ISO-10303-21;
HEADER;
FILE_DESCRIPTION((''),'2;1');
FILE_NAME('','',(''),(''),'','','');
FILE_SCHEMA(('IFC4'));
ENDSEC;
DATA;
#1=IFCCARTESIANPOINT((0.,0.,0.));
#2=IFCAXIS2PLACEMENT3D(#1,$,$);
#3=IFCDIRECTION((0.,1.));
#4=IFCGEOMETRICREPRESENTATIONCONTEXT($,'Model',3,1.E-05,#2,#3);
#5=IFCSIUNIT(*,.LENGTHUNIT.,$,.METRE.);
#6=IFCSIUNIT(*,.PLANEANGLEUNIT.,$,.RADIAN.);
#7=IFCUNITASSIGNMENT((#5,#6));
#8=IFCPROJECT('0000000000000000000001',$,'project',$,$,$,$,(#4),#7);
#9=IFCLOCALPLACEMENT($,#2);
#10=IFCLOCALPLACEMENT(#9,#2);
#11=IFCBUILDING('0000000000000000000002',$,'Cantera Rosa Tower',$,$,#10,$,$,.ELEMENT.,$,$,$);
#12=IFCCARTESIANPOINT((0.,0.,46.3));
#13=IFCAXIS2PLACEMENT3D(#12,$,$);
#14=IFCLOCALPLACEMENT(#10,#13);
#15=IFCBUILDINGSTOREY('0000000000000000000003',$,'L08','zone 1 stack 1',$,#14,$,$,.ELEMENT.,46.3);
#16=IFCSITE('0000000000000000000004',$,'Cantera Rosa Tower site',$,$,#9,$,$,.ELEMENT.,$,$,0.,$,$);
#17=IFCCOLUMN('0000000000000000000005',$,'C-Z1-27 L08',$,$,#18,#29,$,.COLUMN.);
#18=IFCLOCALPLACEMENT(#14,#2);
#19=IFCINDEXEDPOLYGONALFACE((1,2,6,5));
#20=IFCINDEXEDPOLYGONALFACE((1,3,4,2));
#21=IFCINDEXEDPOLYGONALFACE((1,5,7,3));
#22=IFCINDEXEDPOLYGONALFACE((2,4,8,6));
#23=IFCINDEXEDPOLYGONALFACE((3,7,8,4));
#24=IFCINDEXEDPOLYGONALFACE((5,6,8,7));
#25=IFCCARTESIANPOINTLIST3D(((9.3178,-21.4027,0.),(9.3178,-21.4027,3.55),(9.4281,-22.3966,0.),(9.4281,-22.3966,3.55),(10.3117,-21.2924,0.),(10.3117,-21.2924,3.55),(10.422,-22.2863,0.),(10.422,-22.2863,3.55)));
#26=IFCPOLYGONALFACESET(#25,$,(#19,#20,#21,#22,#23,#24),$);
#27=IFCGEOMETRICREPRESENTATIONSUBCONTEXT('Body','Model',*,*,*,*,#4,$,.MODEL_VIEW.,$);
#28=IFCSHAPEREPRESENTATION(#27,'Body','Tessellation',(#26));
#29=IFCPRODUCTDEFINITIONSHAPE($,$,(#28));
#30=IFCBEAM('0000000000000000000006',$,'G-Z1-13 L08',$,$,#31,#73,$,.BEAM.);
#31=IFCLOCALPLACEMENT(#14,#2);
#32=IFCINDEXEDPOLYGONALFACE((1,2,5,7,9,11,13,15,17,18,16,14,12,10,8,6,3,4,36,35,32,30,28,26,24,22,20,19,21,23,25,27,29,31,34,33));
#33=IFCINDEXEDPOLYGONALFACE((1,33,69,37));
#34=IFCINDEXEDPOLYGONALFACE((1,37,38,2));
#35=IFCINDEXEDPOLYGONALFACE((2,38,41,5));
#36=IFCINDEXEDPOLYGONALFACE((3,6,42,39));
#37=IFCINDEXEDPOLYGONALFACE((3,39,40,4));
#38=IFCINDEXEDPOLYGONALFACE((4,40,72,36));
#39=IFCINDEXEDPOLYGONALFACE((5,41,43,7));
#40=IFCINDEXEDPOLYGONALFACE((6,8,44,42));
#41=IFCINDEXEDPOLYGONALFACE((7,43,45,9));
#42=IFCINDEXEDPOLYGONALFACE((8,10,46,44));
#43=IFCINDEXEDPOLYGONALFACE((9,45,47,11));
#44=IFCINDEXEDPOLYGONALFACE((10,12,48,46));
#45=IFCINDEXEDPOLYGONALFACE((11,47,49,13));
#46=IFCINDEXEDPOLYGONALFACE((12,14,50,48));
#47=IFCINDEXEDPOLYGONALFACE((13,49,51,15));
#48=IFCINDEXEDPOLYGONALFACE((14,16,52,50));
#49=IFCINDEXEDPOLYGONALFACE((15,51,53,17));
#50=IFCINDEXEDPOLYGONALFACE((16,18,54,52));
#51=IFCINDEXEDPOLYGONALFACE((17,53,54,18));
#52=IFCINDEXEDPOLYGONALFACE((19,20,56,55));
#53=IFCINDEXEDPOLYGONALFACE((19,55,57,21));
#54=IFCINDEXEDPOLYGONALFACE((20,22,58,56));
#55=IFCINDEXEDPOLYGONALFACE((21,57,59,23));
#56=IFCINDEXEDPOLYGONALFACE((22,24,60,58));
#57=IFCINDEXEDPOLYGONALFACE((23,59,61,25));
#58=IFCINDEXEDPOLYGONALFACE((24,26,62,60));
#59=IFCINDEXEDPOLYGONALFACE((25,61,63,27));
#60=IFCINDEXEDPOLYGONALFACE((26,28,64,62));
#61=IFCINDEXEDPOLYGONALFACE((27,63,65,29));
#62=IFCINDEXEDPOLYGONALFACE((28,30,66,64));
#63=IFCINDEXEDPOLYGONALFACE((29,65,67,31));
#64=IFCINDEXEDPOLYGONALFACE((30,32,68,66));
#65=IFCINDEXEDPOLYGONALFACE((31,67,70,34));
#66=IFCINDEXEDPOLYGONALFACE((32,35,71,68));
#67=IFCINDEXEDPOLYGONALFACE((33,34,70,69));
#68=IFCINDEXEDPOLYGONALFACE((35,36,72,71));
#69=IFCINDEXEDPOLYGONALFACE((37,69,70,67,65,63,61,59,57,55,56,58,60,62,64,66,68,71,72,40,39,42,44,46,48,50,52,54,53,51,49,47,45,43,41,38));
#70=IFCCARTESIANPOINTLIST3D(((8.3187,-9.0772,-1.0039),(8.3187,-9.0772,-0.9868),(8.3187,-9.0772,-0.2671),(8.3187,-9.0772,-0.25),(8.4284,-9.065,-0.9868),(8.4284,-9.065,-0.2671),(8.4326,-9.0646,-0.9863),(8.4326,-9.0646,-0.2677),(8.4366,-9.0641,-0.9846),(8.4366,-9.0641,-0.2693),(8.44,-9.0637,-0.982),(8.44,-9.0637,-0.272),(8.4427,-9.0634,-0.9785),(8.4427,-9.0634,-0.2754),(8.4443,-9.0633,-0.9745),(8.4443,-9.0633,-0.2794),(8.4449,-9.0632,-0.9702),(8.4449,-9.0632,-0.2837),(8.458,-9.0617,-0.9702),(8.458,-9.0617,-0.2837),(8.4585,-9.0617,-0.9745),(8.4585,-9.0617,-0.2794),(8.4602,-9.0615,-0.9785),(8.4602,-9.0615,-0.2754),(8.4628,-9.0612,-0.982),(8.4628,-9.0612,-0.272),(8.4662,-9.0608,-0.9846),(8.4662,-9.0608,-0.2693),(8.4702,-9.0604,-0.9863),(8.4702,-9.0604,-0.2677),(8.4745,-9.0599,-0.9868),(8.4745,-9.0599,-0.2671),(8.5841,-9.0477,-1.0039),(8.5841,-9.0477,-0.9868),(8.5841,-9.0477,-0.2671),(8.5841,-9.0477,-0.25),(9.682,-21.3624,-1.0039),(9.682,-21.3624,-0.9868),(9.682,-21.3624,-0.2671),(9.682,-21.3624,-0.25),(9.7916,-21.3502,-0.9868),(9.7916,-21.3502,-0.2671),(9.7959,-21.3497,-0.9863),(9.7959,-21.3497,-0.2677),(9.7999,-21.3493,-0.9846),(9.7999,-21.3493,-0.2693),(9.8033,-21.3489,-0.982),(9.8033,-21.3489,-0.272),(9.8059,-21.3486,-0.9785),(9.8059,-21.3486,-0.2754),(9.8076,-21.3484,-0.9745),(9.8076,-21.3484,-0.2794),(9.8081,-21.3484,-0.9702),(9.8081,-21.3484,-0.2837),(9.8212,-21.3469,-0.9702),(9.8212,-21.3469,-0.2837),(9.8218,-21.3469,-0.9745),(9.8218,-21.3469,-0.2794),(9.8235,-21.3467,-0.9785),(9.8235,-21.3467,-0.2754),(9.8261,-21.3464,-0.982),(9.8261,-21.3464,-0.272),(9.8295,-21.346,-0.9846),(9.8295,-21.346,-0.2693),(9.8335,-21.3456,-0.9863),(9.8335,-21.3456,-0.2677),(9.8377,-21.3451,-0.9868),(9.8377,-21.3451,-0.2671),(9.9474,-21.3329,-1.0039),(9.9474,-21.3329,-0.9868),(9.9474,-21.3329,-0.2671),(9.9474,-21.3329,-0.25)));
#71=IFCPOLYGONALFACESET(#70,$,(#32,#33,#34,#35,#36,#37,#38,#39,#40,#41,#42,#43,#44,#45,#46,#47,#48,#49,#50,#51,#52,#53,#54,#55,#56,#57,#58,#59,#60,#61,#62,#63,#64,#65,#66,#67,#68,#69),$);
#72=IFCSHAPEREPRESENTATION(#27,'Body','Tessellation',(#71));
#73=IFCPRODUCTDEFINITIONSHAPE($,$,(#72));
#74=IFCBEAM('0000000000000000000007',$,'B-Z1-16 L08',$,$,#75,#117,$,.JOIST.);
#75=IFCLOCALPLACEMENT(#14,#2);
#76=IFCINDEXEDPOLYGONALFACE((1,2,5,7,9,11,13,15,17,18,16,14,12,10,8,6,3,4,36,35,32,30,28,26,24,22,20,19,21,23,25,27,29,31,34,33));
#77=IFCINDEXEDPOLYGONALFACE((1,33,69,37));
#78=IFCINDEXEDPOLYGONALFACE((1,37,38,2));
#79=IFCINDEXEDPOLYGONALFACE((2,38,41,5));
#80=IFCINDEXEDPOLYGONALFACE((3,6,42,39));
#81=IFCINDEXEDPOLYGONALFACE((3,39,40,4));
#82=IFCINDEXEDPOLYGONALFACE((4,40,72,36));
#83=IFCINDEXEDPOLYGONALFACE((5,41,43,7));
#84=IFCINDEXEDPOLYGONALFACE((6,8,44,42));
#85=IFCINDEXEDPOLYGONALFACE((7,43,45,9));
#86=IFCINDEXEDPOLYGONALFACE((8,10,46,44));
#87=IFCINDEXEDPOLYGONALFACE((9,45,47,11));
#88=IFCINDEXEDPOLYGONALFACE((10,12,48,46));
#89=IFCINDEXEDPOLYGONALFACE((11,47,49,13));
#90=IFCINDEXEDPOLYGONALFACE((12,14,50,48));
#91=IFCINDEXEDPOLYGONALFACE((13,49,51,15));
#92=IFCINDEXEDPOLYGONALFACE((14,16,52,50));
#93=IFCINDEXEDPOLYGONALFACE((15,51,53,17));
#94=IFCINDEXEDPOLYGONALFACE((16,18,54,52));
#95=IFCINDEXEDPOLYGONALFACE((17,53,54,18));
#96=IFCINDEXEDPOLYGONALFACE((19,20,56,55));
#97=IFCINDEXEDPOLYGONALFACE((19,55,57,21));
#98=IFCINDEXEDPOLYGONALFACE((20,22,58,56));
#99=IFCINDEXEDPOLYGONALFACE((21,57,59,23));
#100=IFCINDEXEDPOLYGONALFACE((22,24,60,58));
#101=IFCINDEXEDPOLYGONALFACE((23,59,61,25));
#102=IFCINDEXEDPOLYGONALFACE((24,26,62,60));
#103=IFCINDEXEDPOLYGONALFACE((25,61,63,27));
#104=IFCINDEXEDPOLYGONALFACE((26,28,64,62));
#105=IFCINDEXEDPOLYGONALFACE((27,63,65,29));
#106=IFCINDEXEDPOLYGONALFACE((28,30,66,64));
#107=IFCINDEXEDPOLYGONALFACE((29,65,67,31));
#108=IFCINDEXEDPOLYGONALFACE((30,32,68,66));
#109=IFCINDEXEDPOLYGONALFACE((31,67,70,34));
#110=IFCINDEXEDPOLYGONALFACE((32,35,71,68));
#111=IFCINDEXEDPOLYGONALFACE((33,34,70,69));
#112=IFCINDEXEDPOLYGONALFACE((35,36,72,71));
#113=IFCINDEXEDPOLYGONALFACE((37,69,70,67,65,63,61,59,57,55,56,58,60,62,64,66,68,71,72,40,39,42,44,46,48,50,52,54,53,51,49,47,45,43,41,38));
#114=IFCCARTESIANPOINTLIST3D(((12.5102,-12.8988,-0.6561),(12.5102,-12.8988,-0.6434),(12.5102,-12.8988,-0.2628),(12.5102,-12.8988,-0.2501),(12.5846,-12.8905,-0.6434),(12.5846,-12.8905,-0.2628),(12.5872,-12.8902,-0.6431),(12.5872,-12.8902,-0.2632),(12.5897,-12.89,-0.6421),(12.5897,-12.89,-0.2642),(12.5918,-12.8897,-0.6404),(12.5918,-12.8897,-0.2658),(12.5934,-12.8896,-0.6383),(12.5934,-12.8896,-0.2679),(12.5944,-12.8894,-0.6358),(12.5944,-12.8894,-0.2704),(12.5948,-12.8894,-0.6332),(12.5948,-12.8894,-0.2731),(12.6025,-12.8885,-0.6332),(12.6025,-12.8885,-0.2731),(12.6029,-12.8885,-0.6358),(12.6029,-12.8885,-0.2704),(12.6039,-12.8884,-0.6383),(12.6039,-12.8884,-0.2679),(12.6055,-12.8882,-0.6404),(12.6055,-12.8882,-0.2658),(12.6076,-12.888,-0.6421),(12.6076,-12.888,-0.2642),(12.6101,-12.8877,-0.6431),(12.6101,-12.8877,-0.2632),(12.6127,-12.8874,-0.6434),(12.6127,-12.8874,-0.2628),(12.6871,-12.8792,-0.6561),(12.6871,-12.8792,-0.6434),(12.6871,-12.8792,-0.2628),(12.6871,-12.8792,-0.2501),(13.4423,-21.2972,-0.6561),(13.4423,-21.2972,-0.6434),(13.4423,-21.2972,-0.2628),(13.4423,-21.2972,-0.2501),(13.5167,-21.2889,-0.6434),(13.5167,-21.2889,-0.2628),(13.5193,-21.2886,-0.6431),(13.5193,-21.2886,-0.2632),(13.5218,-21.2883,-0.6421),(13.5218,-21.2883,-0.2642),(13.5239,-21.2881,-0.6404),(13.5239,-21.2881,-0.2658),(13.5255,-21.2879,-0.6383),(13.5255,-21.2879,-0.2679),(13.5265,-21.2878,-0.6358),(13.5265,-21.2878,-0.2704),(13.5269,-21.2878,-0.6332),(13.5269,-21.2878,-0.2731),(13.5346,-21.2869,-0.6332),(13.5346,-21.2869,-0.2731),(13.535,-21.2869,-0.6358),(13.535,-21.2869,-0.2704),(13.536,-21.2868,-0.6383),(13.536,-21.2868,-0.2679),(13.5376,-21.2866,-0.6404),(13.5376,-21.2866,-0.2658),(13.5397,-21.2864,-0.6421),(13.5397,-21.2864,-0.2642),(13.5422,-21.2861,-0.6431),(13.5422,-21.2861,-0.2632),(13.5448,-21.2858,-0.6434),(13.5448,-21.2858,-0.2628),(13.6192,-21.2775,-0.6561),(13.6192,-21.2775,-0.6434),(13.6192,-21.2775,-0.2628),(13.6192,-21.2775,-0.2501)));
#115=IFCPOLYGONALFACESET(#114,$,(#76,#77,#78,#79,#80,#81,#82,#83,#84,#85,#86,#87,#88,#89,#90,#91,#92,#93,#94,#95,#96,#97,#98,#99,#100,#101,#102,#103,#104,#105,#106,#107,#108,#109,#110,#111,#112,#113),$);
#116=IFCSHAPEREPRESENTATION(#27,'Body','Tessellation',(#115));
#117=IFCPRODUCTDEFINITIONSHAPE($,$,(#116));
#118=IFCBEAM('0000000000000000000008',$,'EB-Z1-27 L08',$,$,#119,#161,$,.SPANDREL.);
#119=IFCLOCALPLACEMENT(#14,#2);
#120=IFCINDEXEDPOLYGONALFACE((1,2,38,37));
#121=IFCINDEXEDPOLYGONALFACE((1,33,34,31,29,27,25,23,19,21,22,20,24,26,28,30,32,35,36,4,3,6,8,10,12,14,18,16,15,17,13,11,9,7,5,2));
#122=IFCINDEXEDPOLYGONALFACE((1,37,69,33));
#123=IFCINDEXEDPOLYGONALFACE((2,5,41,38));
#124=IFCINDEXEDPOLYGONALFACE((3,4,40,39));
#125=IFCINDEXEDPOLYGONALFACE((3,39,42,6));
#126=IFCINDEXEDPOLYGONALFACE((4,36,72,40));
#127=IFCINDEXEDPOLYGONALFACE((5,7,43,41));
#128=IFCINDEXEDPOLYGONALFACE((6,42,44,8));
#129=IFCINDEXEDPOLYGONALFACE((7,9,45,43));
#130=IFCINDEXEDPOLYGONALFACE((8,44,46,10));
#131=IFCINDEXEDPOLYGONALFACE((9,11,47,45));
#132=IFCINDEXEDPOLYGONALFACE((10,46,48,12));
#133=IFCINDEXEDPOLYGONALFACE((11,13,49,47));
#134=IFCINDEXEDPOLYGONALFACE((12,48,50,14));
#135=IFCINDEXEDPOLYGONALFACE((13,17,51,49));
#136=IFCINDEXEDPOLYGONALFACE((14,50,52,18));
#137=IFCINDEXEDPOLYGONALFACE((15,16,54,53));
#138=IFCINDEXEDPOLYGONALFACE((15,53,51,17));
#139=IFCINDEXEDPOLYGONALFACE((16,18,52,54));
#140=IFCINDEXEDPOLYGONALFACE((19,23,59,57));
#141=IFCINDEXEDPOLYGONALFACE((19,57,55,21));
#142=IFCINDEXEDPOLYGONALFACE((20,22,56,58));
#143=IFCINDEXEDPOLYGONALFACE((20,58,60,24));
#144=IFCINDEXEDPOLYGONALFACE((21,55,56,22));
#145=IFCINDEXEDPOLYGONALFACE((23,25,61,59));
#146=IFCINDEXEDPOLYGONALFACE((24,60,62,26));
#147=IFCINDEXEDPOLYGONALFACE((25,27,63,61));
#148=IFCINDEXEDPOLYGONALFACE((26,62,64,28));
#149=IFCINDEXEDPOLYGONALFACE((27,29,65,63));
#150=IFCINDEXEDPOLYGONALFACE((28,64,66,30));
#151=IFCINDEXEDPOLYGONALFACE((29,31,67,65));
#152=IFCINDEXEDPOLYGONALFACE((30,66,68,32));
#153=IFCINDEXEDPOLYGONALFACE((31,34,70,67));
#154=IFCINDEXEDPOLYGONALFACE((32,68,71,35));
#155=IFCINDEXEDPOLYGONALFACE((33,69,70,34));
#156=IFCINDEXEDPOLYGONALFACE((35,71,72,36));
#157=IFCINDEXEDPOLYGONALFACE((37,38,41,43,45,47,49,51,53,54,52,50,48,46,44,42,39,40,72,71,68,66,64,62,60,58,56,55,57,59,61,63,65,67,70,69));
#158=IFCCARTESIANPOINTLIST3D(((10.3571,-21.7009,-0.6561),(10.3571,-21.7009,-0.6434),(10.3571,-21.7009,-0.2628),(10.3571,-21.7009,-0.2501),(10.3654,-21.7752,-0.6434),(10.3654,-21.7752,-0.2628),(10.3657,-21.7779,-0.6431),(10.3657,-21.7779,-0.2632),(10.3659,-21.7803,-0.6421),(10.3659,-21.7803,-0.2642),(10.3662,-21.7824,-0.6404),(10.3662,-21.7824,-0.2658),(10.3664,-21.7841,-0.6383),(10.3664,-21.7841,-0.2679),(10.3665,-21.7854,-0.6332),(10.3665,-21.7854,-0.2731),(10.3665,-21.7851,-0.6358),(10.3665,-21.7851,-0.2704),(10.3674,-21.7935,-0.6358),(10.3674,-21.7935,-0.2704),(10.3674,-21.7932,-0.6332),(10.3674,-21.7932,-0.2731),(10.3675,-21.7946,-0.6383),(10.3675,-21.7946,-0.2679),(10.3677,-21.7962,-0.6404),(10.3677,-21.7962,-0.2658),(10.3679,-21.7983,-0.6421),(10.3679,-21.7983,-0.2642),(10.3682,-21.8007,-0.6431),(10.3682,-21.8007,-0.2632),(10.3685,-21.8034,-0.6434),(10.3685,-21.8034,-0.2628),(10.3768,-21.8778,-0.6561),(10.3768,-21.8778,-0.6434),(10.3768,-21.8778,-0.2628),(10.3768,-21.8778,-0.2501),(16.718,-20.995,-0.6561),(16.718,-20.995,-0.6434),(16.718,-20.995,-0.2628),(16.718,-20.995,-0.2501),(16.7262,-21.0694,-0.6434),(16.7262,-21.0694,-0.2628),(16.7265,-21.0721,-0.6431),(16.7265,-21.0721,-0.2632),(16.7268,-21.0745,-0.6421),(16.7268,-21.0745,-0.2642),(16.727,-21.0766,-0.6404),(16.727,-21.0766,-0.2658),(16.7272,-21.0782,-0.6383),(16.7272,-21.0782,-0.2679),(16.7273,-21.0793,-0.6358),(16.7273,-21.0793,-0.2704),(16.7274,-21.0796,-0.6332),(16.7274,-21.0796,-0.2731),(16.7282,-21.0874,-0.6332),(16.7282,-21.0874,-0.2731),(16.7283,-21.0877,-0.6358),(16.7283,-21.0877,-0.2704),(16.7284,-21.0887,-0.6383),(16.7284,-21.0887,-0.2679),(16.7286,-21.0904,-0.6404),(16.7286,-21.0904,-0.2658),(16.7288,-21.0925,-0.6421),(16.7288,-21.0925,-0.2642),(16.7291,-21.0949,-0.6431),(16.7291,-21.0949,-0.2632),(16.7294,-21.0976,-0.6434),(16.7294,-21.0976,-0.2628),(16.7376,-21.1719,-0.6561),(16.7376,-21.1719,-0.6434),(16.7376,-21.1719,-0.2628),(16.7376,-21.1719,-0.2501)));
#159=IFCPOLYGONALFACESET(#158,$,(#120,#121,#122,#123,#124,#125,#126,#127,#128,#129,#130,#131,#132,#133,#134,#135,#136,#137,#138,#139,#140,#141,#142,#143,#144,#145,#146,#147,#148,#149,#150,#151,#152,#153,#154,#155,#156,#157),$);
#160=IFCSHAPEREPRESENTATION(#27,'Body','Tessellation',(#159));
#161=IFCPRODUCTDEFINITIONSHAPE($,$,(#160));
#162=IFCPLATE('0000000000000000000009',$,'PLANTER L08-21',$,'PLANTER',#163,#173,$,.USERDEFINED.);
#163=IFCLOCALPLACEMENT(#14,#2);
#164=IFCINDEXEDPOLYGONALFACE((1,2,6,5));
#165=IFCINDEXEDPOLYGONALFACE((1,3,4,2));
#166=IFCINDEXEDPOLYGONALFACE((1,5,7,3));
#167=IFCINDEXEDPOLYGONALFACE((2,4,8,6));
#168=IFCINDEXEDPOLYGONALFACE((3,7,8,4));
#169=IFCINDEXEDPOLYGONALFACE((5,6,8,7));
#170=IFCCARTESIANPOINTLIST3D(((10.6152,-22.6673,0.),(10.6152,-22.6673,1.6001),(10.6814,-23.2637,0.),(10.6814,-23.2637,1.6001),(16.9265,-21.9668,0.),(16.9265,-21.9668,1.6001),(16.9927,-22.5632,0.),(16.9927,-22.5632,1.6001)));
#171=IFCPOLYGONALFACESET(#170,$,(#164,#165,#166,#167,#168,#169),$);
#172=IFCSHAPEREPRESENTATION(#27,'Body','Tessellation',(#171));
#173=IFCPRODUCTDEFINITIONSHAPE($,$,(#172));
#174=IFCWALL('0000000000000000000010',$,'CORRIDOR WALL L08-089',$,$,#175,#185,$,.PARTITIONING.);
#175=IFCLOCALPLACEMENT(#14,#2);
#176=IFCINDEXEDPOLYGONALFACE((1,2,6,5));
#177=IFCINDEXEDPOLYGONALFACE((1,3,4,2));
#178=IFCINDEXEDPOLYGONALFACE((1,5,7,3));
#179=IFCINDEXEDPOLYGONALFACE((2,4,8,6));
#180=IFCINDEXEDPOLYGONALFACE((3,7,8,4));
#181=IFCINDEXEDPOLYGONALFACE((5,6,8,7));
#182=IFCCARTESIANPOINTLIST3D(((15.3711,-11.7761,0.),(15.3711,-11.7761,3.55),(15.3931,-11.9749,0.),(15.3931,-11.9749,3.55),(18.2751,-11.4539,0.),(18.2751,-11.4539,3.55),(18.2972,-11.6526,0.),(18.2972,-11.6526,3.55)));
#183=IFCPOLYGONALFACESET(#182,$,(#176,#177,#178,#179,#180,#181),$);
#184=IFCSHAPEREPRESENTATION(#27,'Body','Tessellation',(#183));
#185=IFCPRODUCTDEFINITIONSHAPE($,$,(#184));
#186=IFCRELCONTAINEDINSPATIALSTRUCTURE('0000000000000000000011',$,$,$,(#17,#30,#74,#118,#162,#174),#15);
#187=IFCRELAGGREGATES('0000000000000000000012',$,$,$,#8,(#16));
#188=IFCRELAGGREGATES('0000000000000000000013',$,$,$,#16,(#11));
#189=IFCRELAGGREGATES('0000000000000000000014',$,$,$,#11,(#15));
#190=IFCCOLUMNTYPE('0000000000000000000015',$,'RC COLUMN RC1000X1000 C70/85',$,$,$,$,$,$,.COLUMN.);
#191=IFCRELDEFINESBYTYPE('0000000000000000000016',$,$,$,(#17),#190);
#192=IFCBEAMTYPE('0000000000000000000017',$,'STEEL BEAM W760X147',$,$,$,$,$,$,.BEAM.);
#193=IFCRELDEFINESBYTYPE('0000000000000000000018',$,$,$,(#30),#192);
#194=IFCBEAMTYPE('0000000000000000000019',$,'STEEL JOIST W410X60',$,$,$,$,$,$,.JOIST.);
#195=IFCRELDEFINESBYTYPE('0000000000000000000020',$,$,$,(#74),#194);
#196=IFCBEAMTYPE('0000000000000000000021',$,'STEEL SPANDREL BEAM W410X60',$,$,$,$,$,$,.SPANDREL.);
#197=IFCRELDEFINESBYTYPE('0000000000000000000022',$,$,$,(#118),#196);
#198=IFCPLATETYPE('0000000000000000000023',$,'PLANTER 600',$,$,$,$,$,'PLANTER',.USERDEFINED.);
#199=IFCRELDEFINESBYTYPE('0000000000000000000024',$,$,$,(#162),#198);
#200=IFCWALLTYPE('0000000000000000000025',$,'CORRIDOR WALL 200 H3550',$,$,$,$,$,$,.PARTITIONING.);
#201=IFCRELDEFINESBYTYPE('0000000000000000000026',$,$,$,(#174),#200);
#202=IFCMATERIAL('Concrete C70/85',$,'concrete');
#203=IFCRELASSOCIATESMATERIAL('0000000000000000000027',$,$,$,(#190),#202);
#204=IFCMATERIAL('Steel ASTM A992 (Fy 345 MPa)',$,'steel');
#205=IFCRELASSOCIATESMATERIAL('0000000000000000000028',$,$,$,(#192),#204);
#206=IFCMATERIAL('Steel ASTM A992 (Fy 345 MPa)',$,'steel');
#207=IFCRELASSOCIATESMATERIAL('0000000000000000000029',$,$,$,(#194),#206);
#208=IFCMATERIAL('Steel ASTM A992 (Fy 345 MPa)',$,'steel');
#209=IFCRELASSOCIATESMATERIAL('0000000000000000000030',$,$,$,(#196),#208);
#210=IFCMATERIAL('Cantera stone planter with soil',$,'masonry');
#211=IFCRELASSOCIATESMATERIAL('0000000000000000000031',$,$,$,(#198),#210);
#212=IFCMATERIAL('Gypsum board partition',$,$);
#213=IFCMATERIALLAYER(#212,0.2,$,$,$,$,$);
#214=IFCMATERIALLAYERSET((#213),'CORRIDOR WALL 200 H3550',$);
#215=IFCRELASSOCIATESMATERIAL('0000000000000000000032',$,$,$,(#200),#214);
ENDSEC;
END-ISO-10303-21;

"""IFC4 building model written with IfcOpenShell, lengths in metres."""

from ifc_helpers import new_model, si_unit, direction, frame, frame_2d, origin, origin_2d, place, context, subcontext, project, spatial, rectangle, i_section, extrude, material, layer, layer_set, material_profile, profile_set, type_object, element, save


model = new_model("IFC4")

# Units and contexts
model_context = context("Model", 3, precision=1e-05, world=origin(), true_north=direction((0.0, 1.0)))
body_context = subcontext(model_context, "Body", "Model", "MODEL_VIEW")
ifc_project = project(units=[si_unit("LENGTHUNIT", "METRE"), si_unit("PLANEANGLEUNIT", "RADIAN")], contexts=[model_context])

# Site, building, storey
site_placement = place(None, origin())
site = spatial("IfcSite", under=ifc_project, at=site_placement, Name="Cantera Rosa Tower site", CompositionType="ELEMENT", RefElevation=0.0)
building_placement = place(site_placement, origin())
building = spatial("IfcBuilding", under=site, at=building_placement, Name="Cantera Rosa Tower", CompositionType="ELEMENT")
storey_placement = place(building_placement, frame((0.0, 0.0, 46.3)))
storey = spatial("IfcBuildingStorey", under=building, at=storey_placement, Name="L08", Description="zone 1 stack 1", CompositionType="ELEMENT", Elevation=46.3)

# Column
ifc_material_1 = material(Name="Concrete C70/85", Category="concrete")
ifc_material_profile_1 = material_profile(ifc_material_1, rectangle(XDim=1.0, YDim=1.0, at=origin_2d()), Name="RC COLUMN RC1000X1000 C70/85")
ifc_profile_set_1 = profile_set([ifc_material_profile_1], Name="Concrete C70/85")
column_type = type_object("IfcColumnType", Name="RC COLUMN RC1000X1000 C70/85", PredefinedType="COLUMN", material=ifc_profile_set_1)
column_placement = place(storey_placement, frame((9.8699, -21.8445, 0.0), z_axis=(0.0, 0.0, 1.0), x_axis=(0.993897, 0.110313, 0.0)))
element("IfcColumn", 1, at=column_placement, inside=storey, type_object=column_type, Name="C-Z1-27 L08", PredefinedType="COLUMN", context=body_context, shape_type="SweptSolid", body=[
    extrude(rectangle(XDim=1.0, YDim=1.0, at=origin_2d()), origin(), (0.0, 0.0, 1.0), 3.55),
])

# Beams
ifc_material_2 = material(Name="Steel ASTM A992 (Fy 345 MPa)", Category="steel")
ifc_material_profile_2 = material_profile(ifc_material_2, i_section(OverallWidth=0.2671, OverallDepth=0.7539, WebThickness=0.0132, FlangeThickness=0.0171, FilletRadius=0.0166, at=origin_2d()), Name="W760X147")
ifc_profile_set_2 = profile_set([ifc_material_profile_2], Name="Steel ASTM A992 (Fy 345 MPa)")
beam_type_1 = type_object("IfcBeamType", Name="STEEL BEAM W760X147", PredefinedType="BEAM", material=ifc_profile_set_2)
beam_1_placement = place(storey_placement, frame((9.8147, -21.3477, -0.627), z_axis=(-0.110293, 0.993899, 0.0), x_axis=(-0.993899, -0.110293, 0.0)))
element("IfcBeam", 2, at=beam_1_placement, inside=storey, type_object=beam_type_1, Name="G-Z1-13 L08", PredefinedType="BEAM", context=body_context, shape_type="SweptSolid", body=[
    extrude(i_section(OverallWidth=0.2671, OverallDepth=0.7539, WebThickness=0.0132, FlangeThickness=0.0171, FilletRadius=0.0166, at=origin_2d()), origin(), (0.0, 0.0, 1.0), 12.3606),
])
ifc_material_3 = material(Name="Steel ASTM A992 (Fy 345 MPa)", Category="steel")
ifc_material_profile_3 = material_profile(ifc_material_3, i_section(OverallWidth=0.178, OverallDepth=0.406, WebThickness=0.0078, FlangeThickness=0.0127, FilletRadius=0.0103, at=origin_2d()), Name="W410X60")
ifc_profile_set_3 = profile_set([ifc_material_profile_3], Name="Steel ASTM A992 (Fy 345 MPa)")
beam_type_2 = type_object("IfcBeamType", Name="STEEL JOIST W410X60", PredefinedType="JOIST", material=ifc_profile_set_3)
beam_2_placement = place(storey_placement, frame((13.5308, -21.2874, -0.4531), z_axis=(-0.110311, 0.993897, 0.0), x_axis=(-0.993897, -0.110311, 0.0)))
element("IfcBeam", 3, at=beam_2_placement, inside=storey, type_object=beam_type_2, Name="B-Z1-16 L08", PredefinedType="JOIST", context=body_context, shape_type="SweptSolid", body=[
    extrude(i_section(OverallWidth=0.178, OverallDepth=0.406, WebThickness=0.0078, FlangeThickness=0.0127, FilletRadius=0.0103, at=origin_2d()), origin(), (0.0, 0.0, 1.0), 8.45),
])
ifc_material_4 = material(Name="Steel ASTM A992 (Fy 345 MPa)", Category="steel")
ifc_material_profile_4 = material_profile(ifc_material_4, i_section(OverallWidth=0.178, OverallDepth=0.406, WebThickness=0.0078, FlangeThickness=0.0127, FilletRadius=0.0103, at=origin_2d()), Name="W410X60")
ifc_profile_set_4 = profile_set([ifc_material_profile_4], Name="Steel ASTM A992 (Fy 345 MPa)")
beam_type_3 = type_object("IfcBeamType", Name="STEEL SPANDREL BEAM W410X60", PredefinedType="SPANDREL", material=ifc_profile_set_4)
beam_3_placement = place(storey_placement, frame((10.3669, -21.7893, -0.4531), z_axis=(0.9939, 0.110285, 0.0), x_axis=(-0.110285, 0.9939, 0.0)))
element("IfcBeam", 4, at=beam_3_placement, inside=storey, type_object=beam_type_3, Name="EB-Z1-27 L08", PredefinedType="SPANDREL", context=body_context, shape_type="SweptSolid", body=[
    extrude(i_section(OverallWidth=0.178, OverallDepth=0.406, WebThickness=0.0078, FlangeThickness=0.0127, FilletRadius=0.0103, at=origin_2d()), origin(), (0.0, 0.0, 1.0), 6.3999),
])

# Plate
ifc_material_5 = material(Name="Cantera stone planter with soil", Category="masonry")
plate_type = type_object("IfcPlateType", Name="PLANTER 600", ElementType="PLANTER", PredefinedType="USERDEFINED", material=ifc_material_5)
plate_placement = place(storey_placement, frame((13.804, -22.6152, 0.0), z_axis=(0.0, 0.0, 1.0), x_axis=(0.993897, 0.110313, 0.0)))
element("IfcPlate", 5, at=plate_placement, inside=storey, type_object=plate_type, Name="PLANTER L08-21", ObjectType="PLANTER", PredefinedType="USERDEFINED", context=body_context, shape_type="SweptSolid", body=[
    extrude(rectangle(XDim=6.3501, YDim=0.6001, at=origin_2d()), origin(), (0.0, 0.0, 1.0), 1.6001),
])

# Wall
ifc_material_6 = material(Name="Gypsum board partition")
ifc_layer_1 = layer(ifc_material_6, 0.2)
ifc_layer_set_1 = layer_set([ifc_layer_1], Name="CORRIDOR WALL 200 H3550")
wall_type_1 = type_object("IfcWallType", Name="CORRIDOR WALL 200 H3550", PredefinedType="PARTITIONING", material=ifc_layer_set_1)
wall_1_placement = place(storey_placement, frame((15.3821, -11.8755, 0.0), z_axis=(0.0, 0.0, 1.0), x_axis=(0.993899, 0.110294, 0.0)))
element("IfcWall", 6, at=wall_1_placement, inside=storey, type_object=wall_type_1, Name="CORRIDOR WALL L08-089", PredefinedType="PARTITIONING", context=body_context, shape_type="SweptSolid", body=[
    extrude(rectangle(XDim=2.9219, YDim=0.2, at=frame_2d((1.4609, 0.0))), origin(), (0.0, 0.0, 1.0), 3.55),
])

save(model, "model.ifc")
